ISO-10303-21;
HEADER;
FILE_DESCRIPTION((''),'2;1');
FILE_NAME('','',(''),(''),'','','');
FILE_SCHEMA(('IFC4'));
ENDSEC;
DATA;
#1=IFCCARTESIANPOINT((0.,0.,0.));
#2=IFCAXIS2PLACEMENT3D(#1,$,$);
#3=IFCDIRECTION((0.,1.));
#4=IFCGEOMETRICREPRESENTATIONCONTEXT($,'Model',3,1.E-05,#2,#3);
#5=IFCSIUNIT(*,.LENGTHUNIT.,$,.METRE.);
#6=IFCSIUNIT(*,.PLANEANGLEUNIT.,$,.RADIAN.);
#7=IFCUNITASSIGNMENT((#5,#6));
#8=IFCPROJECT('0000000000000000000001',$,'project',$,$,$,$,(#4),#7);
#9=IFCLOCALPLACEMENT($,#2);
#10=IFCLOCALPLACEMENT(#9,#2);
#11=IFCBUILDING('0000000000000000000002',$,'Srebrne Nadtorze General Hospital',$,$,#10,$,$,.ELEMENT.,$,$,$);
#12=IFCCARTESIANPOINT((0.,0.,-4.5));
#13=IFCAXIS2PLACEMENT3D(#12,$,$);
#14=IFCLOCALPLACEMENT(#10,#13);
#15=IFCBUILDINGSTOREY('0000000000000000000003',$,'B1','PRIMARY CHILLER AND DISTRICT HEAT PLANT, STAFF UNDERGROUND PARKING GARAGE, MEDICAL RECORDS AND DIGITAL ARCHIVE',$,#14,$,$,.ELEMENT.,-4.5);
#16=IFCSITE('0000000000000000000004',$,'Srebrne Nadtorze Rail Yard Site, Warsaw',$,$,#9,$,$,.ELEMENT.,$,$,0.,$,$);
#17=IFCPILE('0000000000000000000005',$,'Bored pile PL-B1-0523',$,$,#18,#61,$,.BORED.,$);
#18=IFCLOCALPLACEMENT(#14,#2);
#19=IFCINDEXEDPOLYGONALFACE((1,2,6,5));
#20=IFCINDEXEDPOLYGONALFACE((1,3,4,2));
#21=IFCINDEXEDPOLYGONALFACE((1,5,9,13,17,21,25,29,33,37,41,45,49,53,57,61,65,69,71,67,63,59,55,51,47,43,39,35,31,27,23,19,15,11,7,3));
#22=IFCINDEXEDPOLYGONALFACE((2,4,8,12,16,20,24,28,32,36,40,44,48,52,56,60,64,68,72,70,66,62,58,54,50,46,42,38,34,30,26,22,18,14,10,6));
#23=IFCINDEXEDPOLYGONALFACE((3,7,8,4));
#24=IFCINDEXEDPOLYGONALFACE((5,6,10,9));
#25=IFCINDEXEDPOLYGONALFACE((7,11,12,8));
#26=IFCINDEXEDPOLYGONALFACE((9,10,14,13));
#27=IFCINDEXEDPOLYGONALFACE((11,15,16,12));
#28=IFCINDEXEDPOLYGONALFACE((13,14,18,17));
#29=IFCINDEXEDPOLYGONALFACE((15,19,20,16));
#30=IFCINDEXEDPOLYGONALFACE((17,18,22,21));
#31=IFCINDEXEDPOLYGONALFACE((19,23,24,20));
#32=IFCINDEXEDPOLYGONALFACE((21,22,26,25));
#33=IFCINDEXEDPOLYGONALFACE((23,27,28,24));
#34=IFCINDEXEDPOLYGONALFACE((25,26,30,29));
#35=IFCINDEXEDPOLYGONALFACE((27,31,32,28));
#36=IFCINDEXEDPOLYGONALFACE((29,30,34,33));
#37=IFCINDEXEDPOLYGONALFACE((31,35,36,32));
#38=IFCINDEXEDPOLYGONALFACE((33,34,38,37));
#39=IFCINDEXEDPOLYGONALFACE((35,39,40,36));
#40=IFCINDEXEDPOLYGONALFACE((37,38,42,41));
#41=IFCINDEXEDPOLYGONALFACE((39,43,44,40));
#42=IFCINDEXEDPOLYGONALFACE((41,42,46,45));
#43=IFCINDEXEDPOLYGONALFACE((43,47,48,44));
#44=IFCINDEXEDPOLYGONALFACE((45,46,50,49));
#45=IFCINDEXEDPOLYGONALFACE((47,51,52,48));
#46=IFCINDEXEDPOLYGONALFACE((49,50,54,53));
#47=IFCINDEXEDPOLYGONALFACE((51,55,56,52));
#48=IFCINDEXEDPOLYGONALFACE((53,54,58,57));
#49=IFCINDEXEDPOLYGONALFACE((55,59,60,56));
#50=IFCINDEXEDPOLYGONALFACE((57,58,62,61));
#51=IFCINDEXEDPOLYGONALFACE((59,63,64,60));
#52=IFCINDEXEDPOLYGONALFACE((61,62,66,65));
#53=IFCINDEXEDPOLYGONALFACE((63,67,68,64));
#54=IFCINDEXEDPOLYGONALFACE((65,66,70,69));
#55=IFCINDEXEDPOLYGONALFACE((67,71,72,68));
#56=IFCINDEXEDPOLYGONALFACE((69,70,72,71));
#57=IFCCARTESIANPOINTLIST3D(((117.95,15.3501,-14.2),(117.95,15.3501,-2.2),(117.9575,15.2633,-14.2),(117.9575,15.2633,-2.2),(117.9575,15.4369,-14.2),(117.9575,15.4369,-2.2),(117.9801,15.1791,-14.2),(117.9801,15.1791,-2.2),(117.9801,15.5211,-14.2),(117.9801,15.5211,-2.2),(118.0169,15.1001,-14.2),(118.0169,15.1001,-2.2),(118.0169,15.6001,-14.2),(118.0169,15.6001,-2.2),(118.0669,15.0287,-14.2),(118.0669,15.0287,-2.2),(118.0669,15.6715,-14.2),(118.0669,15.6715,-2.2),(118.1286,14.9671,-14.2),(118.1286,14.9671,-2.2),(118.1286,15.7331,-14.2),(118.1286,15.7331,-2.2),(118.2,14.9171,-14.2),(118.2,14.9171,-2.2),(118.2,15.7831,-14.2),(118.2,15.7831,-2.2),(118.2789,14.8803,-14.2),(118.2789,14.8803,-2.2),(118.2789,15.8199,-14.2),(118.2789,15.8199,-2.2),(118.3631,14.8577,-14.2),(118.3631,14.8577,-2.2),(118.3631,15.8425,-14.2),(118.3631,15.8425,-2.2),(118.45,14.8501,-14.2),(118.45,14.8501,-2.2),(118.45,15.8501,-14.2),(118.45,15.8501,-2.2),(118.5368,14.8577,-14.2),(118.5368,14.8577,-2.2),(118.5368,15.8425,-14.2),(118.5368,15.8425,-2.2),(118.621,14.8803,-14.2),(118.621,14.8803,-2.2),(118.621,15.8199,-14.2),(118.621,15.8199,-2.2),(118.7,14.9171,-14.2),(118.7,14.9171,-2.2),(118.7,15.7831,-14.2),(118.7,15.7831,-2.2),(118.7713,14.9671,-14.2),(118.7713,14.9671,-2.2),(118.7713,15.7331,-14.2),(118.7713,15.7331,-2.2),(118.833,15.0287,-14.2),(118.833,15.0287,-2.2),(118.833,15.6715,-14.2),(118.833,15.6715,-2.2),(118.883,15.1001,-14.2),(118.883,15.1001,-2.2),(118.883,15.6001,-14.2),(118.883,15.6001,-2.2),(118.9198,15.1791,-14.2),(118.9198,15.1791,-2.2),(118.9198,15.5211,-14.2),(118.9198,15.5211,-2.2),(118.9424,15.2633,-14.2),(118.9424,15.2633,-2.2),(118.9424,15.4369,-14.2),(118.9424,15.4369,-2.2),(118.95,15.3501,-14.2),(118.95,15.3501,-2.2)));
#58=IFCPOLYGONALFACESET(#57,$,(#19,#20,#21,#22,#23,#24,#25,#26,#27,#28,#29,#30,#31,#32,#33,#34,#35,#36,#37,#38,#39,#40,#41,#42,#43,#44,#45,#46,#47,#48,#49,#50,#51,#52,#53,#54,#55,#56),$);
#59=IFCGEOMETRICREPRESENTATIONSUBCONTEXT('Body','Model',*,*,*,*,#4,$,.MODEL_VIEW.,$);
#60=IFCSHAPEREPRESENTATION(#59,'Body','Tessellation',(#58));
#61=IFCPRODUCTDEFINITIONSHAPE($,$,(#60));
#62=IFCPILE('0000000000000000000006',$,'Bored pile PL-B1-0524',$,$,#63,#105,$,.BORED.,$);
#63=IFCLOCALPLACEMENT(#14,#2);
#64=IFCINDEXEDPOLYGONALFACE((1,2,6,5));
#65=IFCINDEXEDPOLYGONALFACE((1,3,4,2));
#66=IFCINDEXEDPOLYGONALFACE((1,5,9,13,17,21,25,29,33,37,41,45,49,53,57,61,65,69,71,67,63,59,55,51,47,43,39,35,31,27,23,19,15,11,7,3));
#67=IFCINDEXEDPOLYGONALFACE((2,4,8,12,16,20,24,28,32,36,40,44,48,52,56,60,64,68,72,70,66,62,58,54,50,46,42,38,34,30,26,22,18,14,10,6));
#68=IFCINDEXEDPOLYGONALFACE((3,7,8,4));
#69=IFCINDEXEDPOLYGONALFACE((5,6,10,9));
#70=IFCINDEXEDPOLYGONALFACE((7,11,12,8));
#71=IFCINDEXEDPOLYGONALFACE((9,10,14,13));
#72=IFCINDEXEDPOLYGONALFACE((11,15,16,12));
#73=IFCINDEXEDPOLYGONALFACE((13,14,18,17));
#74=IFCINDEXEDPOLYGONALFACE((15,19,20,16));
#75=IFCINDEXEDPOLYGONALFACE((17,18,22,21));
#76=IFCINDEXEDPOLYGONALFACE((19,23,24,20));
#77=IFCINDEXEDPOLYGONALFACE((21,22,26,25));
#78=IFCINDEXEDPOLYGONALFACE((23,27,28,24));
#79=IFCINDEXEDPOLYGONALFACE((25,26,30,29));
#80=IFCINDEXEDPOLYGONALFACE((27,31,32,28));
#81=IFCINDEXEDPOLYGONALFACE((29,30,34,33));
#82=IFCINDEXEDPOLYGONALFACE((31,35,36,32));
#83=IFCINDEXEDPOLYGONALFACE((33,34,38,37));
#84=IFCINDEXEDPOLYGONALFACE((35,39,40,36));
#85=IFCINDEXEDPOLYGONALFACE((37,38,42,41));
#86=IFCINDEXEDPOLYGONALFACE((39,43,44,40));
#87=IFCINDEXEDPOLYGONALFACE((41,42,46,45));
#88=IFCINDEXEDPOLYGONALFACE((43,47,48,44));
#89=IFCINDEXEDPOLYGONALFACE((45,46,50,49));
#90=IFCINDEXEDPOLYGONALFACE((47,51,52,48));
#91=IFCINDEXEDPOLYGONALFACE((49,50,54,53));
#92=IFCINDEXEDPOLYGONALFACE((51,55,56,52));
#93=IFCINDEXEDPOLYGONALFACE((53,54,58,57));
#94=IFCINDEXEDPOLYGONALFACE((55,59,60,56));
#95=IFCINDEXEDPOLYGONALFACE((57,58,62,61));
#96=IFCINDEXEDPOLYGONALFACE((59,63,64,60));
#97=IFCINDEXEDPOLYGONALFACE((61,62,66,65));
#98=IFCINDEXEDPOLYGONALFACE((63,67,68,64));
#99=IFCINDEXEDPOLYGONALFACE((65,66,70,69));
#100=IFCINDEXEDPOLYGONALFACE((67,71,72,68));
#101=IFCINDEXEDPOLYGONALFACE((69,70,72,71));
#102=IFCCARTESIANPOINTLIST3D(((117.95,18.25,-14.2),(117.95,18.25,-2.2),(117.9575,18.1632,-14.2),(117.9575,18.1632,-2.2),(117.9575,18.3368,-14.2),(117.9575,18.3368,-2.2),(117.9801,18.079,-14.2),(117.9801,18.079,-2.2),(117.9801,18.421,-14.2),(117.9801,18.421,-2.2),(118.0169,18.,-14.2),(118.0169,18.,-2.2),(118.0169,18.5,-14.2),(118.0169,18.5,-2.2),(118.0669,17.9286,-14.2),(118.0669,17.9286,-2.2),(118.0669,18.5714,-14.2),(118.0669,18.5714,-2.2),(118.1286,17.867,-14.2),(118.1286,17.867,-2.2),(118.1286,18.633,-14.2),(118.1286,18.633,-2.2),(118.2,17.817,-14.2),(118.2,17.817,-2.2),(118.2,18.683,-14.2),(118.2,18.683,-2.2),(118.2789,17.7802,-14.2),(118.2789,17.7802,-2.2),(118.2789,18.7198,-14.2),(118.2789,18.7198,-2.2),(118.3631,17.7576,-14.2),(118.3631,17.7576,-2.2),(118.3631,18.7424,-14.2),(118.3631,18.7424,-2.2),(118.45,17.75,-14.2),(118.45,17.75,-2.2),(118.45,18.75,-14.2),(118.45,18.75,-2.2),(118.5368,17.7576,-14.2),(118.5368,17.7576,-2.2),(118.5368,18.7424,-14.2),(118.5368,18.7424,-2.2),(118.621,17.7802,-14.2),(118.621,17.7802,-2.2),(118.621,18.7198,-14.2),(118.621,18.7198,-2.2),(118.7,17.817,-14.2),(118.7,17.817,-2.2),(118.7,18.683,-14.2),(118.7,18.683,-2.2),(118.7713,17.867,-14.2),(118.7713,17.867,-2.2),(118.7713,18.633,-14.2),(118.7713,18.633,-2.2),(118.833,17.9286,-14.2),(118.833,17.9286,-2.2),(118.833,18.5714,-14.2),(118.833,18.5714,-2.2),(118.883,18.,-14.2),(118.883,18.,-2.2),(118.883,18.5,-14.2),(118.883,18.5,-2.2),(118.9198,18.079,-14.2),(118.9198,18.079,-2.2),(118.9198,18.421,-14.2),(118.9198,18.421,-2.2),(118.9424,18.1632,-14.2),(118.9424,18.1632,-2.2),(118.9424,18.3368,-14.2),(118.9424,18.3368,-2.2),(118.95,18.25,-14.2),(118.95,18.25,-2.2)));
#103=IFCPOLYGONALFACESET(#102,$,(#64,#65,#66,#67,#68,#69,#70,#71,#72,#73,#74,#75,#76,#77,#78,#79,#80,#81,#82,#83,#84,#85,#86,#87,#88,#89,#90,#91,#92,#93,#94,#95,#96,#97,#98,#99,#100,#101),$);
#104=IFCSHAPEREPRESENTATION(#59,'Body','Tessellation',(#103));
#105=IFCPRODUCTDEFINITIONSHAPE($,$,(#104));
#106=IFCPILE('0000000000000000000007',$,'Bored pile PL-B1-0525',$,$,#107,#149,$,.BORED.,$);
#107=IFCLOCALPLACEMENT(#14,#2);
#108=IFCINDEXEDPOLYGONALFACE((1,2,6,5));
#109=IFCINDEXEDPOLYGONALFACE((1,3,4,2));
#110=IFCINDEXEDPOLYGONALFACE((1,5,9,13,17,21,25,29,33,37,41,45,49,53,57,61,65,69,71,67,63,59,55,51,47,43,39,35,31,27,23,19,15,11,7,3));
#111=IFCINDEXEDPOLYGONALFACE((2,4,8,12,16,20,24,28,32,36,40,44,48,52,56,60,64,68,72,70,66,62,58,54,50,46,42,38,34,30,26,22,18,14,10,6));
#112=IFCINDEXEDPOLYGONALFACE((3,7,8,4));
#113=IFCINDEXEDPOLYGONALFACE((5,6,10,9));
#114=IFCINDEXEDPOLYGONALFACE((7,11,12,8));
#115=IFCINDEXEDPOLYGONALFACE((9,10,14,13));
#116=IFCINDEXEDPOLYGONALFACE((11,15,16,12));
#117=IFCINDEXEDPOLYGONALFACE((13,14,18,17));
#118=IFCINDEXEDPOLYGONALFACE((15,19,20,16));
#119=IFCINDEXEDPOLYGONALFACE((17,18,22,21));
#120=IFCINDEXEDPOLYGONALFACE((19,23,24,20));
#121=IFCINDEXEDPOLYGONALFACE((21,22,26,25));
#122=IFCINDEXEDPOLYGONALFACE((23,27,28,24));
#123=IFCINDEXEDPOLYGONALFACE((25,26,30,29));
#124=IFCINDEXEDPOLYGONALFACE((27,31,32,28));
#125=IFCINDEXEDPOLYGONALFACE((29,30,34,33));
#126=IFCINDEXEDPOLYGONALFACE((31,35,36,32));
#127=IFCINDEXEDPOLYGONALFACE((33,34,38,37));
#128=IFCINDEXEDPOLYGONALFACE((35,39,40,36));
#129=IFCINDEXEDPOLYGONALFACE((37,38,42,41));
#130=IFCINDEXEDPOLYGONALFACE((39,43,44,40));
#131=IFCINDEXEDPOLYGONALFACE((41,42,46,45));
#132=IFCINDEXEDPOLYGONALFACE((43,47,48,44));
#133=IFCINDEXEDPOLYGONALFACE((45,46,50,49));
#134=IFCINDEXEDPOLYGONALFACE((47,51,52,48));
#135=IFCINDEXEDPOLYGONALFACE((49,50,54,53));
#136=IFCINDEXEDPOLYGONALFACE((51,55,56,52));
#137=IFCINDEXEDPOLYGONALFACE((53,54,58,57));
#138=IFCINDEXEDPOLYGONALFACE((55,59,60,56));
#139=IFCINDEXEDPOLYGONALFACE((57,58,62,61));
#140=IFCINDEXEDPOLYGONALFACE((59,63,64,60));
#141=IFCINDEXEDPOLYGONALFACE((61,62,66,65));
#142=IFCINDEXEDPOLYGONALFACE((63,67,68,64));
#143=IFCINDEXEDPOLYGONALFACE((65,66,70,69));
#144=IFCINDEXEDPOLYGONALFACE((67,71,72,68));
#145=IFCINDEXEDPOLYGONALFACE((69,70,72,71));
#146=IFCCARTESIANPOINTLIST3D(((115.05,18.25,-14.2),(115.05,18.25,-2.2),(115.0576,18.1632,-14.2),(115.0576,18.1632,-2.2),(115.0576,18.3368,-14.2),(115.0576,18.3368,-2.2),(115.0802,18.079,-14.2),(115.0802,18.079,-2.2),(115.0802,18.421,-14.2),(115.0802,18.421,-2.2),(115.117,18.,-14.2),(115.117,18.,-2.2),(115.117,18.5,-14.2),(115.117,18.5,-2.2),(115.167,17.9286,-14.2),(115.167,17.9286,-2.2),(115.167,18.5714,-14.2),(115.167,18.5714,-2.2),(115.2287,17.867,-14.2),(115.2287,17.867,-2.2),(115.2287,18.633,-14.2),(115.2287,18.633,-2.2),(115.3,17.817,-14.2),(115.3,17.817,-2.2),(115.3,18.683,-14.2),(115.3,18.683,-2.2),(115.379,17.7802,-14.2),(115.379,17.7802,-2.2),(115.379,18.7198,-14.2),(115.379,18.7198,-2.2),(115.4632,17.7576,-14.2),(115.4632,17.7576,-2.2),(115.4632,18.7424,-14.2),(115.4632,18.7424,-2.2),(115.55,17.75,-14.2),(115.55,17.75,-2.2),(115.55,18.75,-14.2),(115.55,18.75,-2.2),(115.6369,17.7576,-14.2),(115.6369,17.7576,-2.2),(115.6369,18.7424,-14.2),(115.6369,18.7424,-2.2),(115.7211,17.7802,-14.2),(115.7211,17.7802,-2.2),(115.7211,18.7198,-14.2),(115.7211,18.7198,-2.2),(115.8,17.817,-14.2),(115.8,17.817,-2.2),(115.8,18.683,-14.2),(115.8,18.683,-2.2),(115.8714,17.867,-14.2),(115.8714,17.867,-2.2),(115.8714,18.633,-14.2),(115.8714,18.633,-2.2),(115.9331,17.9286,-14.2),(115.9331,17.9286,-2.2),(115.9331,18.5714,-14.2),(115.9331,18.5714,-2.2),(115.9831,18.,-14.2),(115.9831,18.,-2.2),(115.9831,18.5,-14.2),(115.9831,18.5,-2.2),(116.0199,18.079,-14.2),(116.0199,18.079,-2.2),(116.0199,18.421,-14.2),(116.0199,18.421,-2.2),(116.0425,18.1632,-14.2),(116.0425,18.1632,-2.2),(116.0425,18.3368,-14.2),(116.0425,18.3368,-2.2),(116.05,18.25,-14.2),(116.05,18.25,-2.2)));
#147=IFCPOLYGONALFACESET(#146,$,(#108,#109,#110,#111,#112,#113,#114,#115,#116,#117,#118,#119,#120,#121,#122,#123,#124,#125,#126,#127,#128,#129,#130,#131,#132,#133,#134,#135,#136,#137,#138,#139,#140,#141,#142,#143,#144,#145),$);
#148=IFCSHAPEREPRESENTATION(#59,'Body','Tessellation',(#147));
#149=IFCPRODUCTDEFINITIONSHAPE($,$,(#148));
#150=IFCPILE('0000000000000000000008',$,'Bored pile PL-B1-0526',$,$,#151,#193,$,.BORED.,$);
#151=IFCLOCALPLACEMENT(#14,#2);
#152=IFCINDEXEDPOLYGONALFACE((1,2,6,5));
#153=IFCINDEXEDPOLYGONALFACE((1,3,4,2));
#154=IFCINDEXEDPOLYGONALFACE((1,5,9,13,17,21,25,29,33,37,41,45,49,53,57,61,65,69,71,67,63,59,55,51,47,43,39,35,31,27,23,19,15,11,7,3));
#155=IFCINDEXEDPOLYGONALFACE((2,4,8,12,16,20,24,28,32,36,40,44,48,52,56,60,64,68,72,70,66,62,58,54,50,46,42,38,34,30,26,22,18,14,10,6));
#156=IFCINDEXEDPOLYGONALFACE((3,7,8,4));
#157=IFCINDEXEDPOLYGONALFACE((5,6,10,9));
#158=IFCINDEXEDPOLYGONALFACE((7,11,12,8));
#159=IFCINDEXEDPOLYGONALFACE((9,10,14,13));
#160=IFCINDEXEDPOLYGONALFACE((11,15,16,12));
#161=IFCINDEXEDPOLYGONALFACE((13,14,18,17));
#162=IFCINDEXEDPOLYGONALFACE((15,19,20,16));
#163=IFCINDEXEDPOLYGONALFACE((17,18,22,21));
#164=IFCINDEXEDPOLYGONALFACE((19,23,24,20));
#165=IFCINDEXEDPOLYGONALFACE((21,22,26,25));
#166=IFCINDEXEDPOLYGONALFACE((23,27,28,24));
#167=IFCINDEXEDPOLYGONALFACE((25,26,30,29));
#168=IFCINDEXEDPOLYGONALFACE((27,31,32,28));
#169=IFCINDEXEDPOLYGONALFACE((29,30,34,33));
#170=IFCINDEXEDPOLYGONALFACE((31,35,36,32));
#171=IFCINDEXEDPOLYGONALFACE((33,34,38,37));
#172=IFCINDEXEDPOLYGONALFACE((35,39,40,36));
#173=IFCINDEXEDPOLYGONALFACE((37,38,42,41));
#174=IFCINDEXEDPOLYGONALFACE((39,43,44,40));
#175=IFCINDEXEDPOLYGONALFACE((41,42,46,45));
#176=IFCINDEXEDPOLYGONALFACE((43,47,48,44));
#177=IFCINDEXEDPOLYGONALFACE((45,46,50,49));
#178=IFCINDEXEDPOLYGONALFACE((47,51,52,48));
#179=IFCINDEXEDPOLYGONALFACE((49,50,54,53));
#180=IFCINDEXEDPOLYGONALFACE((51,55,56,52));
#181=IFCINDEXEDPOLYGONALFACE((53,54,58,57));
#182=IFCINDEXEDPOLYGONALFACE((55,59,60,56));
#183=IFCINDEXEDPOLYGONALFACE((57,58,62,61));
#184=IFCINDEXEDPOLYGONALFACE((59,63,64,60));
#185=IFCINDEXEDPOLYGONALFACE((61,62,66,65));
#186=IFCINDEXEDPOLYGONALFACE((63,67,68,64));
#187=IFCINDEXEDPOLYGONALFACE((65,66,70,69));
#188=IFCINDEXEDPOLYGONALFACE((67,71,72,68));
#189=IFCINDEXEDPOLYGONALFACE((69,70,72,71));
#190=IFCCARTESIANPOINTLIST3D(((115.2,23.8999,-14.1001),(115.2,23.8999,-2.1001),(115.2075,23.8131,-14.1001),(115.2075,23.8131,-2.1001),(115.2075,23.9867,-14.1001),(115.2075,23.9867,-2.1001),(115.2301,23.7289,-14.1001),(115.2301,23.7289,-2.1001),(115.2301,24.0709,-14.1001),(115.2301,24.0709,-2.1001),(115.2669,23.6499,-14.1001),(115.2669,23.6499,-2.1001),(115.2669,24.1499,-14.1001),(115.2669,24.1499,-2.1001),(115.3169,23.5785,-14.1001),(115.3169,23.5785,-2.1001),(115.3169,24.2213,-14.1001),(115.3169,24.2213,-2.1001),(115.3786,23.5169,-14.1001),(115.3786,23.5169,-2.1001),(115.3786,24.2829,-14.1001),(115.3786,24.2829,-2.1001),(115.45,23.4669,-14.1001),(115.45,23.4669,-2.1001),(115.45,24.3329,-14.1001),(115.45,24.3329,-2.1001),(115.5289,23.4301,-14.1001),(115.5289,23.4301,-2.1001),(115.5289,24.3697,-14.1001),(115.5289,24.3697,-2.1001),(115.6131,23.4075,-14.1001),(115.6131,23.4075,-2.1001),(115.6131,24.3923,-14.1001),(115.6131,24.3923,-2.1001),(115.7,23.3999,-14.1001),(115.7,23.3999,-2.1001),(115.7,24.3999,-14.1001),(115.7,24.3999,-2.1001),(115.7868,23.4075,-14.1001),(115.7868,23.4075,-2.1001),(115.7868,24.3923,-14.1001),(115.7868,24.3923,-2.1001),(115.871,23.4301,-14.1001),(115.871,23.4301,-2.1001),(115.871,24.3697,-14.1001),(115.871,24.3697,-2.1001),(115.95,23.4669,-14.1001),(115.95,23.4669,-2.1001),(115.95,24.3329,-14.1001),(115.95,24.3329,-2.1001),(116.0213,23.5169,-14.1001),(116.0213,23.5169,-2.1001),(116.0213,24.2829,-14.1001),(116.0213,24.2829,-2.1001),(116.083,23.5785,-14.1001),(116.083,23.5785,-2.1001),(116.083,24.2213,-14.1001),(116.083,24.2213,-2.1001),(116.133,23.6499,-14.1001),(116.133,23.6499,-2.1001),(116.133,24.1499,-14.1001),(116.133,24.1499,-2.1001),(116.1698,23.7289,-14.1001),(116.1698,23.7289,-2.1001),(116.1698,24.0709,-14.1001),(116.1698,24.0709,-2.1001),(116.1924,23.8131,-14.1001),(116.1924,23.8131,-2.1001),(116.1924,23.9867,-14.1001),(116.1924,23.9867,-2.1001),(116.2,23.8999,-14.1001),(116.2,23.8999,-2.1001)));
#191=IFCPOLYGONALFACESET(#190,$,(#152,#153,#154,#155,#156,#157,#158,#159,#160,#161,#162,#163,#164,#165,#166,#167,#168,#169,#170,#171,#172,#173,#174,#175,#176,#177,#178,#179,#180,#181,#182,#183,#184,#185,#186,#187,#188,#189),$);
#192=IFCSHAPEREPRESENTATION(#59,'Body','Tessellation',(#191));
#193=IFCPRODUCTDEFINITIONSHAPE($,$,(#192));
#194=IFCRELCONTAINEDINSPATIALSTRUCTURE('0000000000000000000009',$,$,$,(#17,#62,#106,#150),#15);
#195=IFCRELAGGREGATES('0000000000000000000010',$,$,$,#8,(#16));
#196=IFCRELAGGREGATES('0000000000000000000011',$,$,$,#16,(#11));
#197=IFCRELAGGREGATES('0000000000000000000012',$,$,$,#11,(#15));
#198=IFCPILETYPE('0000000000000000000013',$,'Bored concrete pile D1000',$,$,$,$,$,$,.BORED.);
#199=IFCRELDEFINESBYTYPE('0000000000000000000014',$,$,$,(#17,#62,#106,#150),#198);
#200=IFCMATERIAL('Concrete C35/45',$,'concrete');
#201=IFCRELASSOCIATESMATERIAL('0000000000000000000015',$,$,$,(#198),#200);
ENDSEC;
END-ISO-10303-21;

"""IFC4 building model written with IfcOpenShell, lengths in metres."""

from ifc_helpers import new_model, si_unit, direction, frame, origin, origin_2d, place, context, subcontext, project, spatial, circle, extrude, material, material_profile, profile_set, type_object, element, save


model = new_model("IFC4")

# Units and contexts
model_context = context("Model", 3, precision=1e-05, world=origin(), true_north=direction((0.0, 1.0)))
body_context = subcontext(model_context, "Body", "Model", "MODEL_VIEW")
ifc_project = project(units=[si_unit("LENGTHUNIT", "METRE"), si_unit("PLANEANGLEUNIT", "RADIAN")], contexts=[model_context])

# Site, building, storey
site_placement = place(None, origin())
site = spatial("IfcSite", under=ifc_project, at=site_placement, Name="Srebrne Nadtorze Rail Yard Site, Warsaw", CompositionType="ELEMENT", RefElevation=0.0)
building_placement = place(site_placement, origin())
building = spatial("IfcBuilding", under=site, at=building_placement, Name="Srebrne Nadtorze General Hospital", CompositionType="ELEMENT")
storey_placement = place(building_placement, frame((0.0, 0.0, -4.5)))
storey = spatial("IfcBuildingStorey", under=building, at=storey_placement, Name="B1", Description="PRIMARY CHILLER AND DISTRICT HEAT PLANT, STAFF UNDERGROUND PARKING GARAGE, MEDICAL RECORDS AND DIGITAL ARCHIVE", CompositionType="ELEMENT", Elevation=-4.5)

# Piles
ifc_material_1 = material(Name="Concrete C35/45", Category="concrete")
ifc_material_profile_1 = material_profile(ifc_material_1, circle(Radius=0.5, at=origin_2d()), Name="PILE-D1000")
ifc_profile_set_1 = profile_set([ifc_material_profile_1], Name="Concrete C35/45")
pile_type_1 = type_object("IfcPileType", Name="Bored concrete pile D1000", PredefinedType="BORED", material=ifc_profile_set_1)
for number, where, z_axis, x_axis, name in (
    (1, (118.45, 15.3501, -2.2), (0.0, 0.0, -1.0), (1.0, 0.0, 0.0), "Bored pile PL-B1-0523"),
    (2, (118.45, 18.25, -2.2), (0.0, 0.0, -1.0), (1.0, 0.0, 0.0), "Bored pile PL-B1-0524"),
    (3, (115.55, 18.25, -2.2), (0.0, 0.0, -1.0), (1.0, 0.0, 0.0), "Bored pile PL-B1-0525"),
    (4, (115.7, 23.8999, -2.1001), (0.0, 0.0, -1.0), (1.0, 0.0, 0.0), "Bored pile PL-B1-0526"),
):
    element("IfcPile", number, at=place(storey_placement, frame(where, z_axis=z_axis, x_axis=x_axis)), inside=storey, type_object=pile_type_1, Name=name, PredefinedType="BORED", context=body_context, shape_type="SweptSolid", body=[
        extrude(circle(Radius=0.5, at=origin_2d()), origin(), (0.0, 0.0, 1.0), 12.0),
    ])

save(model, "model.ifc")
